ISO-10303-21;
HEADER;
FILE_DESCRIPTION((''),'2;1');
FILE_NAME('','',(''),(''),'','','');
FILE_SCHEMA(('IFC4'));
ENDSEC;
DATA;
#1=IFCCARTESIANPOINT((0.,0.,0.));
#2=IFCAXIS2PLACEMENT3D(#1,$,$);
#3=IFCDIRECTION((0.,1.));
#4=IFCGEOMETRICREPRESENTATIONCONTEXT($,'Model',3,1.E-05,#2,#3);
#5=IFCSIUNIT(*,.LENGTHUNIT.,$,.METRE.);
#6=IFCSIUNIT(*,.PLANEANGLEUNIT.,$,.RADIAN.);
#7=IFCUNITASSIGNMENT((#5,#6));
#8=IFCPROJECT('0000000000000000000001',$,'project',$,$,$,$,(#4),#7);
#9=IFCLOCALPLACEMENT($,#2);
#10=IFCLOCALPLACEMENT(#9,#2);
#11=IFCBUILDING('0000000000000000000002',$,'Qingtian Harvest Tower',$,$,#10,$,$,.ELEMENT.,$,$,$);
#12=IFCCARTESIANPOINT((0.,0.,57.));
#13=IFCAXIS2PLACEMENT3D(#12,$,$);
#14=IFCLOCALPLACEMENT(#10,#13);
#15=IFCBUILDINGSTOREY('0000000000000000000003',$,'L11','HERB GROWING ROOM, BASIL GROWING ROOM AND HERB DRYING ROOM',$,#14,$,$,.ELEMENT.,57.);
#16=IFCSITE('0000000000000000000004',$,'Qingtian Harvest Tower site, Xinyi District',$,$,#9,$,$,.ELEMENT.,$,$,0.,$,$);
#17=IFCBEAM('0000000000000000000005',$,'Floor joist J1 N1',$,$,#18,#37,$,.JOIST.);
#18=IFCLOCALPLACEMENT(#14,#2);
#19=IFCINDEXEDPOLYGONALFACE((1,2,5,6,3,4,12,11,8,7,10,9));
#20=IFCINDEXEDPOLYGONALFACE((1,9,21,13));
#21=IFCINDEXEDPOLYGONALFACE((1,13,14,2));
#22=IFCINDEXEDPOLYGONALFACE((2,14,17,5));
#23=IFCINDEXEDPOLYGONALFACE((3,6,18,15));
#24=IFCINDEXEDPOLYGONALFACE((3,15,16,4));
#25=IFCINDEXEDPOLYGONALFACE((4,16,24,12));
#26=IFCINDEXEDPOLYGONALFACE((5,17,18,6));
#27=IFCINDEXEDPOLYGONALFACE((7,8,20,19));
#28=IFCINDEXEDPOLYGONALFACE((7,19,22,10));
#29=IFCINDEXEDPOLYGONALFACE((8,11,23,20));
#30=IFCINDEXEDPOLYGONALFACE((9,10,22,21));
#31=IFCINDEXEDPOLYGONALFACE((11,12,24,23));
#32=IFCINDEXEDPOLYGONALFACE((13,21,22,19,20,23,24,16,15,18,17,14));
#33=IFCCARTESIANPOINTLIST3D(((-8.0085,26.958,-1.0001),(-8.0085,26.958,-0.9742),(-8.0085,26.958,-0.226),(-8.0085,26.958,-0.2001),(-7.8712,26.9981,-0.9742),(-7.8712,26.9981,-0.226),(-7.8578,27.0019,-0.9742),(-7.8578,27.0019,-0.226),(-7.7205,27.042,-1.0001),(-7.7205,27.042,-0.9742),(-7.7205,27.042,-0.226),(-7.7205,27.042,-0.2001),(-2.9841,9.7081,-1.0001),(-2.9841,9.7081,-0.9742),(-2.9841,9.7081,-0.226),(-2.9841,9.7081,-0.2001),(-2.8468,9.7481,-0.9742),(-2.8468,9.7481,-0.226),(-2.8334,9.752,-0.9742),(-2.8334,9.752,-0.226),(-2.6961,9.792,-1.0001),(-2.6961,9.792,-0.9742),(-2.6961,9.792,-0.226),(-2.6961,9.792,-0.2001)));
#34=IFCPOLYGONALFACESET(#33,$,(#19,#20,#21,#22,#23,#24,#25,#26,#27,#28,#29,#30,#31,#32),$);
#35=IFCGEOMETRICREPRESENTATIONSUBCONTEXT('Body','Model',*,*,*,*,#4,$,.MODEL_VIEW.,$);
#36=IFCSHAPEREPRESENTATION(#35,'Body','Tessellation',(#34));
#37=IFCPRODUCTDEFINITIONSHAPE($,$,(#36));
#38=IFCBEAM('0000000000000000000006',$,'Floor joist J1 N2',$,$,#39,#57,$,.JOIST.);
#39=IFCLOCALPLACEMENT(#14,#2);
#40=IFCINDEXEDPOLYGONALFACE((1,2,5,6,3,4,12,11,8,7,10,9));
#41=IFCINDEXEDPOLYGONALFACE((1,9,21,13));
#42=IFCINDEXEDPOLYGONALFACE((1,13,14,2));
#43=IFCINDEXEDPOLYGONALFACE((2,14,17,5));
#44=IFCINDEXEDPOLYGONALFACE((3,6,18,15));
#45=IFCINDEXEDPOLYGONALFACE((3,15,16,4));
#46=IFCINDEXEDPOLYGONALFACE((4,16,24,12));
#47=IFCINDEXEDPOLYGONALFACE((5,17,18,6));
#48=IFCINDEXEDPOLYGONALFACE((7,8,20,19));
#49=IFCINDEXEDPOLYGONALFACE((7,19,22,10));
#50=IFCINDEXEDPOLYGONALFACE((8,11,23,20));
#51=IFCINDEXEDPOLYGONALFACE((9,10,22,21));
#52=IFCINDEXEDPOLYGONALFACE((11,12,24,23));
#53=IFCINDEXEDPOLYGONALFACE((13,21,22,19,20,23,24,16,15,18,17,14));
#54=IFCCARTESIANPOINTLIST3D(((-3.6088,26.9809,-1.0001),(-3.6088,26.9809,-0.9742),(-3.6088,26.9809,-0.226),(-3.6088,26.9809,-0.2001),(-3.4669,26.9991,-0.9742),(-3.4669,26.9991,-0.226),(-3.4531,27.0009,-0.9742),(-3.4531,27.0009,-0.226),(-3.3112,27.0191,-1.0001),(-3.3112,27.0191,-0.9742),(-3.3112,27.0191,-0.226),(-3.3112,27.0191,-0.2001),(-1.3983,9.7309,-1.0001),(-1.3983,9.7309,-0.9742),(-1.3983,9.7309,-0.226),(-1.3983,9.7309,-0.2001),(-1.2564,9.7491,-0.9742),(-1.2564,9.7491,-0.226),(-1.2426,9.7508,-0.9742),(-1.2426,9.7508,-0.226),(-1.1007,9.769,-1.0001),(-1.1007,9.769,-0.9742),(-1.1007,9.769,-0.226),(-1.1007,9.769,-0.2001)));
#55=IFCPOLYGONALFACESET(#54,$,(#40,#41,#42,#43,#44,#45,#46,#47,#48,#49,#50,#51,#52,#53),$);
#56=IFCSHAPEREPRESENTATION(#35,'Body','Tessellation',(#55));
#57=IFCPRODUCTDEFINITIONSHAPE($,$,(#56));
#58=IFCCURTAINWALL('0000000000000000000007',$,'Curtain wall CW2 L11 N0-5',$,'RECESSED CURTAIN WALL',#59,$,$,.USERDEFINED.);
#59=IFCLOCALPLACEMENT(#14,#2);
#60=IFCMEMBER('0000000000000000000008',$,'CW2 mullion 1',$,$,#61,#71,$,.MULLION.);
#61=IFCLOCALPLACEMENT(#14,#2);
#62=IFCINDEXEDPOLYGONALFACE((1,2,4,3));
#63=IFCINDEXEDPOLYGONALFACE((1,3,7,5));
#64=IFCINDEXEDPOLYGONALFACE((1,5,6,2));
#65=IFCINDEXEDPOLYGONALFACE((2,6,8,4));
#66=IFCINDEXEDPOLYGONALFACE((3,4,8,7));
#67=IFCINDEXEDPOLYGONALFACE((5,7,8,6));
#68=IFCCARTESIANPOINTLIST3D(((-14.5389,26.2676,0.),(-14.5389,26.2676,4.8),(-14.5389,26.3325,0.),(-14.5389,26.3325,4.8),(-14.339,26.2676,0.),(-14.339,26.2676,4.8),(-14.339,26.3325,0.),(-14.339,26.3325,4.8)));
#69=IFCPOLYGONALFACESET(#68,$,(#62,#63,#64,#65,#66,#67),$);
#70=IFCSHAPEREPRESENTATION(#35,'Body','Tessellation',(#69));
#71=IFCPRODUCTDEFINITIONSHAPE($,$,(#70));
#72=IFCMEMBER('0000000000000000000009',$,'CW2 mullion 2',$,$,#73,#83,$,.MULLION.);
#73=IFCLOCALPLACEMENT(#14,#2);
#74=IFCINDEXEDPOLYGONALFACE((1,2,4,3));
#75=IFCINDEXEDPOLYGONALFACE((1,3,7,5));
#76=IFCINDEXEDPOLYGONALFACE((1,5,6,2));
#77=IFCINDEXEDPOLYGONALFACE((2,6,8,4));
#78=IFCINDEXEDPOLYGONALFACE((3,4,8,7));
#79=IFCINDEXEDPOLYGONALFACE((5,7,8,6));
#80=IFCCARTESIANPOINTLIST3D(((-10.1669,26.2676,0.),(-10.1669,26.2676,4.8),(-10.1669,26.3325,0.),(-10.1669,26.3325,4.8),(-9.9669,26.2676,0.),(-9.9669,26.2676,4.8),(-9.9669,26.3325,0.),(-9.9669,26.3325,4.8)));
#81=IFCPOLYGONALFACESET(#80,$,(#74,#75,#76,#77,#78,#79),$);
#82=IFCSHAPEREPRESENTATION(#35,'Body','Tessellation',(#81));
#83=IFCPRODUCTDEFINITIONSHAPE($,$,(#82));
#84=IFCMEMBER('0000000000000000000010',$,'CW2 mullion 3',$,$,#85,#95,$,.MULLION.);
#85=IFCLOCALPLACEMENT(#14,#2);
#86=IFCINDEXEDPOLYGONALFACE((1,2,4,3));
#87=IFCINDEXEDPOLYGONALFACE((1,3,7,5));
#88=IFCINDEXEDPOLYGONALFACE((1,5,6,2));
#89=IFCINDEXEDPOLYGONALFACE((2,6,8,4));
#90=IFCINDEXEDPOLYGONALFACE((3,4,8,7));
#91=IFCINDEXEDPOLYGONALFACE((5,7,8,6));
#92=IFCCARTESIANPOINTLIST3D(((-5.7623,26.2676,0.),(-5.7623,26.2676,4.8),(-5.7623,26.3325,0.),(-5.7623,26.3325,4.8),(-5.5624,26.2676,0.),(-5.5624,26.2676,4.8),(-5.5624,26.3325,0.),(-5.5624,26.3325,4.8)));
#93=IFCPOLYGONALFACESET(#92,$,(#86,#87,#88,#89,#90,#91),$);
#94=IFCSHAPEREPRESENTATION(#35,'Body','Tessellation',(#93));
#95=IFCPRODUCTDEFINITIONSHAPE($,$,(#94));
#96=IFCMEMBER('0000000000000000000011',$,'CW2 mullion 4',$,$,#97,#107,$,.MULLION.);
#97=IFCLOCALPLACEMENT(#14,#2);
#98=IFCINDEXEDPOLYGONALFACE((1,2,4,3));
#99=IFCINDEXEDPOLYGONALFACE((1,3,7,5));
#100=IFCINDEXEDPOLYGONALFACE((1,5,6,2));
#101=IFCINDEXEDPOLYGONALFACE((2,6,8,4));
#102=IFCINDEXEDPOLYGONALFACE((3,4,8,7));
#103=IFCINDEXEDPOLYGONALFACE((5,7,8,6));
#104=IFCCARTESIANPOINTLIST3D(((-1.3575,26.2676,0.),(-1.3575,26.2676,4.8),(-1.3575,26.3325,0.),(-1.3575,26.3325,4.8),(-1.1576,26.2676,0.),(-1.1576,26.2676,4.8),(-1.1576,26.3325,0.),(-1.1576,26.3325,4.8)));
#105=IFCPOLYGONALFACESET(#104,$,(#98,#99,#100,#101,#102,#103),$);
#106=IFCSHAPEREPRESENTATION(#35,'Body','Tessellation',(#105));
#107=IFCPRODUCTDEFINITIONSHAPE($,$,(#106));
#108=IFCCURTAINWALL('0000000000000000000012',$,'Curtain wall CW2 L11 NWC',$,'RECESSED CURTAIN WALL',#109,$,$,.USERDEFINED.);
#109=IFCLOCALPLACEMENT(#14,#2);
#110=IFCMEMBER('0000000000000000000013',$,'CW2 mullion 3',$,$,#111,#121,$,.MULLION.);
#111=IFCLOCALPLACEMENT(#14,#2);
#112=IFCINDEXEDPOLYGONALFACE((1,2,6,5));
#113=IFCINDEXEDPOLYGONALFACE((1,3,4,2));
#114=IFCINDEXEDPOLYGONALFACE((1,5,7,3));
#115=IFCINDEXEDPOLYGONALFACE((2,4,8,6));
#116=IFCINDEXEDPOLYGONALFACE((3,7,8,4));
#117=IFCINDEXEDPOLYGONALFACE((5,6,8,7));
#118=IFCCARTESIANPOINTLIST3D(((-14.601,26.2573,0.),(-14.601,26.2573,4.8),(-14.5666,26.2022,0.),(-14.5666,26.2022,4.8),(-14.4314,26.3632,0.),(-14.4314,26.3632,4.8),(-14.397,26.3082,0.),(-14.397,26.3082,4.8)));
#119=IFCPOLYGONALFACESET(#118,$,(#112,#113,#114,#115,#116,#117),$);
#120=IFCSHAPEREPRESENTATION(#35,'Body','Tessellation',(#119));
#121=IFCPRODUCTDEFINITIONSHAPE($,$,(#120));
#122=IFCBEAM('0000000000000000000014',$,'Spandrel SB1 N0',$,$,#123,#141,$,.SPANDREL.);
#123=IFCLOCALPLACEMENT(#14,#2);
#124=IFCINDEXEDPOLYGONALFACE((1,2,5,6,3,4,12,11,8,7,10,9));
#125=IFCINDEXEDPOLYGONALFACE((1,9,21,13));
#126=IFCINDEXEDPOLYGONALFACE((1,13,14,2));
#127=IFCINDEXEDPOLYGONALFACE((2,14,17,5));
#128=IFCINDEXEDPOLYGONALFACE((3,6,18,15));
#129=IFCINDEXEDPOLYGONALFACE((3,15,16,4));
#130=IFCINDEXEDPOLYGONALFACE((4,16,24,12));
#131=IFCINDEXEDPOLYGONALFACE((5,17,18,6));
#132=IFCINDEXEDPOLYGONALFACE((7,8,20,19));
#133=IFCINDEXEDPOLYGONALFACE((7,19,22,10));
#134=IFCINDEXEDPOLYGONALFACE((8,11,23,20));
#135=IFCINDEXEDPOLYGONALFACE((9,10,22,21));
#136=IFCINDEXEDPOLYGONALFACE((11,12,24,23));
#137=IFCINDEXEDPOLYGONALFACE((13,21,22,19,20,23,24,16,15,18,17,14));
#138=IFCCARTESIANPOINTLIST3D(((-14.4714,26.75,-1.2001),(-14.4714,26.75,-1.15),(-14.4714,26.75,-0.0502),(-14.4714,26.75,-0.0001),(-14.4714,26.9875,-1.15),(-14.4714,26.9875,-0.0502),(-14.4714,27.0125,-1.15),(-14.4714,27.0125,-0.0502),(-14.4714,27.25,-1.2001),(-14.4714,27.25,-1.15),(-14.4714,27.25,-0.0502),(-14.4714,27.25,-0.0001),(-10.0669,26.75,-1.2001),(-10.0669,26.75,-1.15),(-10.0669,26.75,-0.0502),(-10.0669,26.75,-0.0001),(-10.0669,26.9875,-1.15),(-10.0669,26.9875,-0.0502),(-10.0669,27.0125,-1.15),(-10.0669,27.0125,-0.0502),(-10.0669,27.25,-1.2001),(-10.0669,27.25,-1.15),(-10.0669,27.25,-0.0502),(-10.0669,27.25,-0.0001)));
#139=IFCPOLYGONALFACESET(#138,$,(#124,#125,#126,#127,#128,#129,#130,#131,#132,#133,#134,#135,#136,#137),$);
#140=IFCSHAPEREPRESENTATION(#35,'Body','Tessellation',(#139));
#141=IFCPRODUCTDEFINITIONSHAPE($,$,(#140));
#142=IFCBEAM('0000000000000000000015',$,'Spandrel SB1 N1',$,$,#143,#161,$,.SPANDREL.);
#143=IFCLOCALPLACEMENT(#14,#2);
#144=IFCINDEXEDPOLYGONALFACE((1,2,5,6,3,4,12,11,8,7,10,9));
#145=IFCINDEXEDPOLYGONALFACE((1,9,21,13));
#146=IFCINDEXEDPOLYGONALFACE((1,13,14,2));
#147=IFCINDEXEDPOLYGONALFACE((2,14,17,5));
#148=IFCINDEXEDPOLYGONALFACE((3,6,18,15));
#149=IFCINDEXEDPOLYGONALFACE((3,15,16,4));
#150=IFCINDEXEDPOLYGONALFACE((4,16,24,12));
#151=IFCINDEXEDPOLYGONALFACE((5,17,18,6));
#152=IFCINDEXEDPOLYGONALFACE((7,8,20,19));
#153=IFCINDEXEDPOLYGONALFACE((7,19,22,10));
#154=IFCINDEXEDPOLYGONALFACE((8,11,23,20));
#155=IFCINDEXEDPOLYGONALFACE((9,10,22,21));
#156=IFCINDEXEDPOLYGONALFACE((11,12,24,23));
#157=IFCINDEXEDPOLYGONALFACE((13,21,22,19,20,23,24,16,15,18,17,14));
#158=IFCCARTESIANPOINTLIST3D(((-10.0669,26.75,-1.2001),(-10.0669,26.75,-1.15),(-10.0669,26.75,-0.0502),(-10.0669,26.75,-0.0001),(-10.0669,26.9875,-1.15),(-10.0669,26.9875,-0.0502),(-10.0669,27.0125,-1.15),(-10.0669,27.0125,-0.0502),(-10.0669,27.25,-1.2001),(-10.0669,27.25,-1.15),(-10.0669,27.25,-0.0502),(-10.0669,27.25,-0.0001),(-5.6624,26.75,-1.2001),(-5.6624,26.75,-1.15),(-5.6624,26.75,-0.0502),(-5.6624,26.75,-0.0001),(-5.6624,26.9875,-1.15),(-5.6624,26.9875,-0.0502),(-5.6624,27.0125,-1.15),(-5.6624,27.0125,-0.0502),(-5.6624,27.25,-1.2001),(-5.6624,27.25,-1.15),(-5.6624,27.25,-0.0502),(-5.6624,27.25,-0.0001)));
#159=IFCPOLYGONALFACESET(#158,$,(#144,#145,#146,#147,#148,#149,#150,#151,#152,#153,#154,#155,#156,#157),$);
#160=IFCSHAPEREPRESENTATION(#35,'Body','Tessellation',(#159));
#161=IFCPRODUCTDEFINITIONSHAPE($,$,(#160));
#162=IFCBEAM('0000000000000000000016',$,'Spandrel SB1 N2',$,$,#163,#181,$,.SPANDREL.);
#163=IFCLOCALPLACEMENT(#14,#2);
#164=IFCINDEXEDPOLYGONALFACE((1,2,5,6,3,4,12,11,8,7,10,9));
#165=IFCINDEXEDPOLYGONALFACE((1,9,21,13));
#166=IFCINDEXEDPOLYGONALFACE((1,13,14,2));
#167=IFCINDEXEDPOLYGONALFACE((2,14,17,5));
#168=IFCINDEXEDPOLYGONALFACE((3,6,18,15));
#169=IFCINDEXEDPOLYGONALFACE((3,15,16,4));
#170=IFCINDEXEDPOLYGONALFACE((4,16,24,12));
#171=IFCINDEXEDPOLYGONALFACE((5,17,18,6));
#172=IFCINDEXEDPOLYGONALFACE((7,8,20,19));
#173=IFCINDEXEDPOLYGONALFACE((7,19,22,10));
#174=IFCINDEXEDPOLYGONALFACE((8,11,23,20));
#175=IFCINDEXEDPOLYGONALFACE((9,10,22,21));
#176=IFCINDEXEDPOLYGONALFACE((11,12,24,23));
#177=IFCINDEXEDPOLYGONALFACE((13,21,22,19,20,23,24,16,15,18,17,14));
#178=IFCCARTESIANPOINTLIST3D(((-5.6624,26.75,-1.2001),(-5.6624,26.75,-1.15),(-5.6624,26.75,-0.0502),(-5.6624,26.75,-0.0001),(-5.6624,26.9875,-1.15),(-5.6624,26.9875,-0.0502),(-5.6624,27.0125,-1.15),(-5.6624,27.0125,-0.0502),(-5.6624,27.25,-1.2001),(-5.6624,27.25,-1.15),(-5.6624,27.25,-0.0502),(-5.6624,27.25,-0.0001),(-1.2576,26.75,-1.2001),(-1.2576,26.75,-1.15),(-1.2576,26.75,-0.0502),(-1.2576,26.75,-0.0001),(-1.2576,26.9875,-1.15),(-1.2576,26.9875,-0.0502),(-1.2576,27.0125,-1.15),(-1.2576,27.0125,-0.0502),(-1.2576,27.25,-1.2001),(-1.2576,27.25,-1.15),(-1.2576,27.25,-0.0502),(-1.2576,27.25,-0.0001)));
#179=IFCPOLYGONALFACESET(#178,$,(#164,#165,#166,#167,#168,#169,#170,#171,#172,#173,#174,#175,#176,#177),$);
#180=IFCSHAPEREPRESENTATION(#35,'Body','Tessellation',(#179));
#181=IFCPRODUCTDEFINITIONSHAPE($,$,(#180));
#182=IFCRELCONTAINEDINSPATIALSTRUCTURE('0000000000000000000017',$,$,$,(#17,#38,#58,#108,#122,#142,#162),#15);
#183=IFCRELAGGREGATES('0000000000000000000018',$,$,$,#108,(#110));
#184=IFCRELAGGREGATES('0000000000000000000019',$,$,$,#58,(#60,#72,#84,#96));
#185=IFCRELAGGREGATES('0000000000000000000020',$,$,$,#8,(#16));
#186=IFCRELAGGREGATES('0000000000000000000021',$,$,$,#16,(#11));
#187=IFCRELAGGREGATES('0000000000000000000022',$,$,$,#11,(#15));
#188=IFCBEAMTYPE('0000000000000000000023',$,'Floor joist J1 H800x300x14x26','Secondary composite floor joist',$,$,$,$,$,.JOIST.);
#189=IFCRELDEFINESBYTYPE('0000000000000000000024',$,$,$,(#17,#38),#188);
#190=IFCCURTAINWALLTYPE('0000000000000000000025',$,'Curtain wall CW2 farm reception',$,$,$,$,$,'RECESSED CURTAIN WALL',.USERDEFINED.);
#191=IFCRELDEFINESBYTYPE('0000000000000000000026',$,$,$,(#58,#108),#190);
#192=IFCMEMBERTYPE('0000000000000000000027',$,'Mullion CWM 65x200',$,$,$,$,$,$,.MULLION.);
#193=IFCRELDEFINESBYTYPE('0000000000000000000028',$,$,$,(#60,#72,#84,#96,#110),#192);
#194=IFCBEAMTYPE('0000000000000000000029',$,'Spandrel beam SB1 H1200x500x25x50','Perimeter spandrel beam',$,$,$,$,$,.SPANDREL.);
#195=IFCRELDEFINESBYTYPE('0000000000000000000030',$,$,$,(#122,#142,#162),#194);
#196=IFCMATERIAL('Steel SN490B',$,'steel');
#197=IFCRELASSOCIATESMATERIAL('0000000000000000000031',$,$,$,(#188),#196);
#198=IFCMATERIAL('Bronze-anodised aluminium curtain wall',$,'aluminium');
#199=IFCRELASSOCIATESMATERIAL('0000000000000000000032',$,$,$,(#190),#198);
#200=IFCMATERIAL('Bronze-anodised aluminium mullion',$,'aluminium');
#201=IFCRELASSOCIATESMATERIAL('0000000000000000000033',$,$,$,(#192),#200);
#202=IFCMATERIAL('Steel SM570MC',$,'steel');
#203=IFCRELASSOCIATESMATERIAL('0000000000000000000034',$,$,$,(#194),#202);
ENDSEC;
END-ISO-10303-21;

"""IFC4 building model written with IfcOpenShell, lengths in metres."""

from ifc_helpers import new_model, si_unit, direction, frame, origin, origin_2d, place, context, subcontext, project, spatial, rectangle, i_section, extrude, material, material_profile, profile_set, type_object, element, aggregate, save


model = new_model("IFC4")

# Units and contexts
model_context = context("Model", 3, precision=1e-05, world=origin(), true_north=direction((0.0, 1.0)))
body_context = subcontext(model_context, "Body", "Model", "MODEL_VIEW")
ifc_project = project(units=[si_unit("LENGTHUNIT", "METRE"), si_unit("PLANEANGLEUNIT", "RADIAN")], contexts=[model_context])

# Site, building, storey
site_placement = place(None, origin())
site = spatial("IfcSite", under=ifc_project, at=site_placement, Name="Qingtian Harvest Tower site, Xinyi District", CompositionType="ELEMENT", RefElevation=0.0)
building_placement = place(site_placement, origin())
building = spatial("IfcBuilding", under=site, at=building_placement, Name="Qingtian Harvest Tower", CompositionType="ELEMENT")
storey_placement = place(building_placement, frame((0.0, 0.0, 57.0)))
storey = spatial("IfcBuildingStorey", under=building, at=storey_placement, Name="L11", Description="HERB GROWING ROOM, BASIL GROWING ROOM AND HERB DRYING ROOM", CompositionType="ELEMENT", Elevation=57.0)

# Beams
ifc_material_1 = material(Name="Steel SN490B", Category="steel")
ifc_material_profile_1 = material_profile(ifc_material_1, i_section(OverallWidth=0.3, OverallDepth=0.8, WebThickness=0.0139, FlangeThickness=0.0259, at=origin_2d()), Name="H800x300x14x26")
ifc_profile_set_1 = profile_set([ifc_material_profile_1], Name="Steel SN490B")
beam_type_1 = type_object("IfcBeamType", Name="Floor joist J1 H800x300x14x26", Description="Secondary composite floor joist", PredefinedType="JOIST", material=ifc_profile_set_1)
beam_1_placement = place(storey_placement, frame((-7.8645, 27.0, -0.6001), z_axis=(0.279649, -0.960102, 0.0), x_axis=(0.960102, 0.279649, 0.0)))
element("IfcBeam", 1, at=beam_1_placement, inside=storey, type_object=beam_type_1, Name="Floor joist J1 N1", PredefinedType="JOIST", context=body_context, shape_type="SweptSolid", body=[
    extrude(i_section(OverallWidth=0.3, OverallDepth=0.8, WebThickness=0.0139, FlangeThickness=0.0259, at=origin_2d()), origin(), (0.0, 0.0, 1.0), 17.9668),
])
beam_2_placement = place(storey_placement, frame((-3.46, 27.0, -0.6001), z_axis=(0.127103, -0.99189, 0.0), x_axis=(0.99189, 0.127103, 0.0)))
element("IfcBeam", 2, at=beam_2_placement, inside=storey, type_object=beam_type_1, Name="Floor joist J1 N2", PredefinedType="JOIST", context=body_context, shape_type="SweptSolid", body=[
    extrude(i_section(OverallWidth=0.3, OverallDepth=0.8, WebThickness=0.0139, FlangeThickness=0.0259, at=origin_2d()), origin(), (0.0, 0.0, 1.0), 17.3911),
])

# Curtain wall, members
ifc_material_2 = material(Name="Bronze-anodised aluminium curtain wall", Category="aluminium")
curtain_wall_type = type_object("IfcCurtainWallType", Name="Curtain wall CW2 farm reception", ElementType="RECESSED CURTAIN WALL", PredefinedType="USERDEFINED", material=ifc_material_2)
curtain_wall_1_placement = place(storey_placement, origin())
curtain_wall_1 = element("IfcCurtainWall", 3, at=curtain_wall_1_placement, inside=storey, type_object=curtain_wall_type, Name="Curtain wall CW2 L11 N0-5", ObjectType="RECESSED CURTAIN WALL", PredefinedType="USERDEFINED")
ifc_material_3 = material(Name="Bronze-anodised aluminium mullion", Category="aluminium")
ifc_material_profile_2 = material_profile(ifc_material_3, rectangle(XDim=0.0649, YDim=0.2, at=origin_2d()), Name="AL 65x200")
ifc_profile_set_2 = profile_set([ifc_material_profile_2], Name="Bronze-anodised aluminium mullion")
member_type_1 = type_object("IfcMemberType", Name="Mullion CWM 65x200", PredefinedType="MULLION", material=ifc_profile_set_2)
member_1_placement = place(storey_placement, frame((-14.439, 26.3, 0.0), z_axis=(0.0, 0.0, 1.0), x_axis=(0.0, 1.0, 0.0)))
member_1 = element("IfcMember", 4, at=member_1_placement, type_object=member_type_1, Name="CW2 mullion 1", PredefinedType="MULLION", context=body_context, shape_type="SweptSolid", body=[
    extrude(rectangle(XDim=0.0649, YDim=0.2, at=origin_2d()), origin(), (0.0, 0.0, 1.0), 4.8),
])
member_2_placement = place(storey_placement, frame((-10.0669, 26.3, 0.0), z_axis=(0.0, 0.0, 1.0), x_axis=(0.0, 1.0, 0.0)))
member_2 = element("IfcMember", 5, at=member_2_placement, type_object=member_type_1, Name="CW2 mullion 2", PredefinedType="MULLION", context=body_context, shape_type="SweptSolid", body=[
    extrude(rectangle(XDim=0.0649, YDim=0.2, at=origin_2d()), origin(), (0.0, 0.0, 1.0), 4.8),
])
member_3_placement = place(storey_placement, frame((-5.6624, 26.3, 0.0), z_axis=(0.0, 0.0, 1.0), x_axis=(0.0, 1.0, 0.0)))
member_3 = element("IfcMember", 6, at=member_3_placement, type_object=member_type_1, Name="CW2 mullion 3", PredefinedType="MULLION", context=body_context, shape_type="SweptSolid", body=[
    extrude(rectangle(XDim=0.0649, YDim=0.2, at=origin_2d()), origin(), (0.0, 0.0, 1.0), 4.8),
])
member_4_placement = place(storey_placement, frame((-1.2576, 26.3, 0.0), z_axis=(0.0, 0.0, 1.0), x_axis=(0.0, 1.0, 0.0)))
member_4 = element("IfcMember", 7, at=member_4_placement, type_object=member_type_1, Name="CW2 mullion 4", PredefinedType="MULLION", context=body_context, shape_type="SweptSolid", body=[
    extrude(rectangle(XDim=0.0649, YDim=0.2, at=origin_2d()), origin(), (0.0, 0.0, 1.0), 4.8),
])

# Curtain wall, member
curtain_wall_2_placement = place(storey_placement, origin())
curtain_wall_2 = element("IfcCurtainWall", 8, at=curtain_wall_2_placement, inside=storey, type_object=curtain_wall_type, Name="Curtain wall CW2 L11 NWC", ObjectType="RECESSED CURTAIN WALL", PredefinedType="USERDEFINED")
member_5_placement = place(storey_placement, frame((-14.499, 26.2827, 0.0), z_axis=(0.0, 0.0, 1.0), x_axis=(-0.529919, 0.848048, 0.0)))
member_5 = element("IfcMember", 9, at=member_5_placement, type_object=member_type_1, Name="CW2 mullion 3", PredefinedType="MULLION", context=body_context, shape_type="SweptSolid", body=[
    extrude(rectangle(XDim=0.0649, YDim=0.2, at=origin_2d()), origin(), (0.0, 0.0, 1.0), 4.8),
])
aggregate(curtain_wall_2, [member_5])

# Beams
ifc_material_4 = material(Name="Steel SM570MC", Category="steel")
ifc_material_profile_3 = material_profile(ifc_material_4, i_section(OverallWidth=0.5, OverallDepth=1.2, WebThickness=0.0249, FlangeThickness=0.05, at=origin_2d()), Name="H1200x500x25x50")
ifc_profile_set_3 = profile_set([ifc_material_profile_3], Name="Steel SM570MC")
beam_type_2 = type_object("IfcBeamType", Name="Spandrel beam SB1 H1200x500x25x50", Description="Perimeter spandrel beam", PredefinedType="SPANDREL", material=ifc_profile_set_3)
for number, where, z_axis, x_axis, name in (
    (10, (-14.4714, 27.0, -0.6001), (1.0, 0.0, 0.0), (0.0, 1.0, 0.0), "Spandrel SB1 N0"),
    (11, (-10.0669, 27.0, -0.6001), (1.0, 0.0, 0.0), (0.0, 1.0, 0.0), "Spandrel SB1 N1"),
):
    element("IfcBeam", number, at=place(storey_placement, frame(where, z_axis=z_axis, x_axis=x_axis)), inside=storey, type_object=beam_type_2, Name=name, PredefinedType="SPANDREL", context=body_context, shape_type="SweptSolid", body=[
        extrude(i_section(OverallWidth=0.5, OverallDepth=1.2, WebThickness=0.0249, FlangeThickness=0.05, at=origin_2d()), origin(), (0.0, 0.0, 1.0), 4.4045),
    ])
beam_3_placement = place(storey_placement, frame((-5.6624, 27.0, -0.6001), z_axis=(1.0, 0.0, 0.0), x_axis=(0.0, 1.0, 0.0)))
element("IfcBeam", 12, at=beam_3_placement, inside=storey, type_object=beam_type_2, Name="Spandrel SB1 N2", PredefinedType="SPANDREL", context=body_context, shape_type="SweptSolid", body=[
    extrude(i_section(OverallWidth=0.5, OverallDepth=1.2, WebThickness=0.0249, FlangeThickness=0.05, at=origin_2d()), origin(), (0.0, 0.0, 1.0), 4.4048),
])

aggregate(curtain_wall_1, [member_1, member_2, member_3, member_4])

save(model, "model.ifc")
